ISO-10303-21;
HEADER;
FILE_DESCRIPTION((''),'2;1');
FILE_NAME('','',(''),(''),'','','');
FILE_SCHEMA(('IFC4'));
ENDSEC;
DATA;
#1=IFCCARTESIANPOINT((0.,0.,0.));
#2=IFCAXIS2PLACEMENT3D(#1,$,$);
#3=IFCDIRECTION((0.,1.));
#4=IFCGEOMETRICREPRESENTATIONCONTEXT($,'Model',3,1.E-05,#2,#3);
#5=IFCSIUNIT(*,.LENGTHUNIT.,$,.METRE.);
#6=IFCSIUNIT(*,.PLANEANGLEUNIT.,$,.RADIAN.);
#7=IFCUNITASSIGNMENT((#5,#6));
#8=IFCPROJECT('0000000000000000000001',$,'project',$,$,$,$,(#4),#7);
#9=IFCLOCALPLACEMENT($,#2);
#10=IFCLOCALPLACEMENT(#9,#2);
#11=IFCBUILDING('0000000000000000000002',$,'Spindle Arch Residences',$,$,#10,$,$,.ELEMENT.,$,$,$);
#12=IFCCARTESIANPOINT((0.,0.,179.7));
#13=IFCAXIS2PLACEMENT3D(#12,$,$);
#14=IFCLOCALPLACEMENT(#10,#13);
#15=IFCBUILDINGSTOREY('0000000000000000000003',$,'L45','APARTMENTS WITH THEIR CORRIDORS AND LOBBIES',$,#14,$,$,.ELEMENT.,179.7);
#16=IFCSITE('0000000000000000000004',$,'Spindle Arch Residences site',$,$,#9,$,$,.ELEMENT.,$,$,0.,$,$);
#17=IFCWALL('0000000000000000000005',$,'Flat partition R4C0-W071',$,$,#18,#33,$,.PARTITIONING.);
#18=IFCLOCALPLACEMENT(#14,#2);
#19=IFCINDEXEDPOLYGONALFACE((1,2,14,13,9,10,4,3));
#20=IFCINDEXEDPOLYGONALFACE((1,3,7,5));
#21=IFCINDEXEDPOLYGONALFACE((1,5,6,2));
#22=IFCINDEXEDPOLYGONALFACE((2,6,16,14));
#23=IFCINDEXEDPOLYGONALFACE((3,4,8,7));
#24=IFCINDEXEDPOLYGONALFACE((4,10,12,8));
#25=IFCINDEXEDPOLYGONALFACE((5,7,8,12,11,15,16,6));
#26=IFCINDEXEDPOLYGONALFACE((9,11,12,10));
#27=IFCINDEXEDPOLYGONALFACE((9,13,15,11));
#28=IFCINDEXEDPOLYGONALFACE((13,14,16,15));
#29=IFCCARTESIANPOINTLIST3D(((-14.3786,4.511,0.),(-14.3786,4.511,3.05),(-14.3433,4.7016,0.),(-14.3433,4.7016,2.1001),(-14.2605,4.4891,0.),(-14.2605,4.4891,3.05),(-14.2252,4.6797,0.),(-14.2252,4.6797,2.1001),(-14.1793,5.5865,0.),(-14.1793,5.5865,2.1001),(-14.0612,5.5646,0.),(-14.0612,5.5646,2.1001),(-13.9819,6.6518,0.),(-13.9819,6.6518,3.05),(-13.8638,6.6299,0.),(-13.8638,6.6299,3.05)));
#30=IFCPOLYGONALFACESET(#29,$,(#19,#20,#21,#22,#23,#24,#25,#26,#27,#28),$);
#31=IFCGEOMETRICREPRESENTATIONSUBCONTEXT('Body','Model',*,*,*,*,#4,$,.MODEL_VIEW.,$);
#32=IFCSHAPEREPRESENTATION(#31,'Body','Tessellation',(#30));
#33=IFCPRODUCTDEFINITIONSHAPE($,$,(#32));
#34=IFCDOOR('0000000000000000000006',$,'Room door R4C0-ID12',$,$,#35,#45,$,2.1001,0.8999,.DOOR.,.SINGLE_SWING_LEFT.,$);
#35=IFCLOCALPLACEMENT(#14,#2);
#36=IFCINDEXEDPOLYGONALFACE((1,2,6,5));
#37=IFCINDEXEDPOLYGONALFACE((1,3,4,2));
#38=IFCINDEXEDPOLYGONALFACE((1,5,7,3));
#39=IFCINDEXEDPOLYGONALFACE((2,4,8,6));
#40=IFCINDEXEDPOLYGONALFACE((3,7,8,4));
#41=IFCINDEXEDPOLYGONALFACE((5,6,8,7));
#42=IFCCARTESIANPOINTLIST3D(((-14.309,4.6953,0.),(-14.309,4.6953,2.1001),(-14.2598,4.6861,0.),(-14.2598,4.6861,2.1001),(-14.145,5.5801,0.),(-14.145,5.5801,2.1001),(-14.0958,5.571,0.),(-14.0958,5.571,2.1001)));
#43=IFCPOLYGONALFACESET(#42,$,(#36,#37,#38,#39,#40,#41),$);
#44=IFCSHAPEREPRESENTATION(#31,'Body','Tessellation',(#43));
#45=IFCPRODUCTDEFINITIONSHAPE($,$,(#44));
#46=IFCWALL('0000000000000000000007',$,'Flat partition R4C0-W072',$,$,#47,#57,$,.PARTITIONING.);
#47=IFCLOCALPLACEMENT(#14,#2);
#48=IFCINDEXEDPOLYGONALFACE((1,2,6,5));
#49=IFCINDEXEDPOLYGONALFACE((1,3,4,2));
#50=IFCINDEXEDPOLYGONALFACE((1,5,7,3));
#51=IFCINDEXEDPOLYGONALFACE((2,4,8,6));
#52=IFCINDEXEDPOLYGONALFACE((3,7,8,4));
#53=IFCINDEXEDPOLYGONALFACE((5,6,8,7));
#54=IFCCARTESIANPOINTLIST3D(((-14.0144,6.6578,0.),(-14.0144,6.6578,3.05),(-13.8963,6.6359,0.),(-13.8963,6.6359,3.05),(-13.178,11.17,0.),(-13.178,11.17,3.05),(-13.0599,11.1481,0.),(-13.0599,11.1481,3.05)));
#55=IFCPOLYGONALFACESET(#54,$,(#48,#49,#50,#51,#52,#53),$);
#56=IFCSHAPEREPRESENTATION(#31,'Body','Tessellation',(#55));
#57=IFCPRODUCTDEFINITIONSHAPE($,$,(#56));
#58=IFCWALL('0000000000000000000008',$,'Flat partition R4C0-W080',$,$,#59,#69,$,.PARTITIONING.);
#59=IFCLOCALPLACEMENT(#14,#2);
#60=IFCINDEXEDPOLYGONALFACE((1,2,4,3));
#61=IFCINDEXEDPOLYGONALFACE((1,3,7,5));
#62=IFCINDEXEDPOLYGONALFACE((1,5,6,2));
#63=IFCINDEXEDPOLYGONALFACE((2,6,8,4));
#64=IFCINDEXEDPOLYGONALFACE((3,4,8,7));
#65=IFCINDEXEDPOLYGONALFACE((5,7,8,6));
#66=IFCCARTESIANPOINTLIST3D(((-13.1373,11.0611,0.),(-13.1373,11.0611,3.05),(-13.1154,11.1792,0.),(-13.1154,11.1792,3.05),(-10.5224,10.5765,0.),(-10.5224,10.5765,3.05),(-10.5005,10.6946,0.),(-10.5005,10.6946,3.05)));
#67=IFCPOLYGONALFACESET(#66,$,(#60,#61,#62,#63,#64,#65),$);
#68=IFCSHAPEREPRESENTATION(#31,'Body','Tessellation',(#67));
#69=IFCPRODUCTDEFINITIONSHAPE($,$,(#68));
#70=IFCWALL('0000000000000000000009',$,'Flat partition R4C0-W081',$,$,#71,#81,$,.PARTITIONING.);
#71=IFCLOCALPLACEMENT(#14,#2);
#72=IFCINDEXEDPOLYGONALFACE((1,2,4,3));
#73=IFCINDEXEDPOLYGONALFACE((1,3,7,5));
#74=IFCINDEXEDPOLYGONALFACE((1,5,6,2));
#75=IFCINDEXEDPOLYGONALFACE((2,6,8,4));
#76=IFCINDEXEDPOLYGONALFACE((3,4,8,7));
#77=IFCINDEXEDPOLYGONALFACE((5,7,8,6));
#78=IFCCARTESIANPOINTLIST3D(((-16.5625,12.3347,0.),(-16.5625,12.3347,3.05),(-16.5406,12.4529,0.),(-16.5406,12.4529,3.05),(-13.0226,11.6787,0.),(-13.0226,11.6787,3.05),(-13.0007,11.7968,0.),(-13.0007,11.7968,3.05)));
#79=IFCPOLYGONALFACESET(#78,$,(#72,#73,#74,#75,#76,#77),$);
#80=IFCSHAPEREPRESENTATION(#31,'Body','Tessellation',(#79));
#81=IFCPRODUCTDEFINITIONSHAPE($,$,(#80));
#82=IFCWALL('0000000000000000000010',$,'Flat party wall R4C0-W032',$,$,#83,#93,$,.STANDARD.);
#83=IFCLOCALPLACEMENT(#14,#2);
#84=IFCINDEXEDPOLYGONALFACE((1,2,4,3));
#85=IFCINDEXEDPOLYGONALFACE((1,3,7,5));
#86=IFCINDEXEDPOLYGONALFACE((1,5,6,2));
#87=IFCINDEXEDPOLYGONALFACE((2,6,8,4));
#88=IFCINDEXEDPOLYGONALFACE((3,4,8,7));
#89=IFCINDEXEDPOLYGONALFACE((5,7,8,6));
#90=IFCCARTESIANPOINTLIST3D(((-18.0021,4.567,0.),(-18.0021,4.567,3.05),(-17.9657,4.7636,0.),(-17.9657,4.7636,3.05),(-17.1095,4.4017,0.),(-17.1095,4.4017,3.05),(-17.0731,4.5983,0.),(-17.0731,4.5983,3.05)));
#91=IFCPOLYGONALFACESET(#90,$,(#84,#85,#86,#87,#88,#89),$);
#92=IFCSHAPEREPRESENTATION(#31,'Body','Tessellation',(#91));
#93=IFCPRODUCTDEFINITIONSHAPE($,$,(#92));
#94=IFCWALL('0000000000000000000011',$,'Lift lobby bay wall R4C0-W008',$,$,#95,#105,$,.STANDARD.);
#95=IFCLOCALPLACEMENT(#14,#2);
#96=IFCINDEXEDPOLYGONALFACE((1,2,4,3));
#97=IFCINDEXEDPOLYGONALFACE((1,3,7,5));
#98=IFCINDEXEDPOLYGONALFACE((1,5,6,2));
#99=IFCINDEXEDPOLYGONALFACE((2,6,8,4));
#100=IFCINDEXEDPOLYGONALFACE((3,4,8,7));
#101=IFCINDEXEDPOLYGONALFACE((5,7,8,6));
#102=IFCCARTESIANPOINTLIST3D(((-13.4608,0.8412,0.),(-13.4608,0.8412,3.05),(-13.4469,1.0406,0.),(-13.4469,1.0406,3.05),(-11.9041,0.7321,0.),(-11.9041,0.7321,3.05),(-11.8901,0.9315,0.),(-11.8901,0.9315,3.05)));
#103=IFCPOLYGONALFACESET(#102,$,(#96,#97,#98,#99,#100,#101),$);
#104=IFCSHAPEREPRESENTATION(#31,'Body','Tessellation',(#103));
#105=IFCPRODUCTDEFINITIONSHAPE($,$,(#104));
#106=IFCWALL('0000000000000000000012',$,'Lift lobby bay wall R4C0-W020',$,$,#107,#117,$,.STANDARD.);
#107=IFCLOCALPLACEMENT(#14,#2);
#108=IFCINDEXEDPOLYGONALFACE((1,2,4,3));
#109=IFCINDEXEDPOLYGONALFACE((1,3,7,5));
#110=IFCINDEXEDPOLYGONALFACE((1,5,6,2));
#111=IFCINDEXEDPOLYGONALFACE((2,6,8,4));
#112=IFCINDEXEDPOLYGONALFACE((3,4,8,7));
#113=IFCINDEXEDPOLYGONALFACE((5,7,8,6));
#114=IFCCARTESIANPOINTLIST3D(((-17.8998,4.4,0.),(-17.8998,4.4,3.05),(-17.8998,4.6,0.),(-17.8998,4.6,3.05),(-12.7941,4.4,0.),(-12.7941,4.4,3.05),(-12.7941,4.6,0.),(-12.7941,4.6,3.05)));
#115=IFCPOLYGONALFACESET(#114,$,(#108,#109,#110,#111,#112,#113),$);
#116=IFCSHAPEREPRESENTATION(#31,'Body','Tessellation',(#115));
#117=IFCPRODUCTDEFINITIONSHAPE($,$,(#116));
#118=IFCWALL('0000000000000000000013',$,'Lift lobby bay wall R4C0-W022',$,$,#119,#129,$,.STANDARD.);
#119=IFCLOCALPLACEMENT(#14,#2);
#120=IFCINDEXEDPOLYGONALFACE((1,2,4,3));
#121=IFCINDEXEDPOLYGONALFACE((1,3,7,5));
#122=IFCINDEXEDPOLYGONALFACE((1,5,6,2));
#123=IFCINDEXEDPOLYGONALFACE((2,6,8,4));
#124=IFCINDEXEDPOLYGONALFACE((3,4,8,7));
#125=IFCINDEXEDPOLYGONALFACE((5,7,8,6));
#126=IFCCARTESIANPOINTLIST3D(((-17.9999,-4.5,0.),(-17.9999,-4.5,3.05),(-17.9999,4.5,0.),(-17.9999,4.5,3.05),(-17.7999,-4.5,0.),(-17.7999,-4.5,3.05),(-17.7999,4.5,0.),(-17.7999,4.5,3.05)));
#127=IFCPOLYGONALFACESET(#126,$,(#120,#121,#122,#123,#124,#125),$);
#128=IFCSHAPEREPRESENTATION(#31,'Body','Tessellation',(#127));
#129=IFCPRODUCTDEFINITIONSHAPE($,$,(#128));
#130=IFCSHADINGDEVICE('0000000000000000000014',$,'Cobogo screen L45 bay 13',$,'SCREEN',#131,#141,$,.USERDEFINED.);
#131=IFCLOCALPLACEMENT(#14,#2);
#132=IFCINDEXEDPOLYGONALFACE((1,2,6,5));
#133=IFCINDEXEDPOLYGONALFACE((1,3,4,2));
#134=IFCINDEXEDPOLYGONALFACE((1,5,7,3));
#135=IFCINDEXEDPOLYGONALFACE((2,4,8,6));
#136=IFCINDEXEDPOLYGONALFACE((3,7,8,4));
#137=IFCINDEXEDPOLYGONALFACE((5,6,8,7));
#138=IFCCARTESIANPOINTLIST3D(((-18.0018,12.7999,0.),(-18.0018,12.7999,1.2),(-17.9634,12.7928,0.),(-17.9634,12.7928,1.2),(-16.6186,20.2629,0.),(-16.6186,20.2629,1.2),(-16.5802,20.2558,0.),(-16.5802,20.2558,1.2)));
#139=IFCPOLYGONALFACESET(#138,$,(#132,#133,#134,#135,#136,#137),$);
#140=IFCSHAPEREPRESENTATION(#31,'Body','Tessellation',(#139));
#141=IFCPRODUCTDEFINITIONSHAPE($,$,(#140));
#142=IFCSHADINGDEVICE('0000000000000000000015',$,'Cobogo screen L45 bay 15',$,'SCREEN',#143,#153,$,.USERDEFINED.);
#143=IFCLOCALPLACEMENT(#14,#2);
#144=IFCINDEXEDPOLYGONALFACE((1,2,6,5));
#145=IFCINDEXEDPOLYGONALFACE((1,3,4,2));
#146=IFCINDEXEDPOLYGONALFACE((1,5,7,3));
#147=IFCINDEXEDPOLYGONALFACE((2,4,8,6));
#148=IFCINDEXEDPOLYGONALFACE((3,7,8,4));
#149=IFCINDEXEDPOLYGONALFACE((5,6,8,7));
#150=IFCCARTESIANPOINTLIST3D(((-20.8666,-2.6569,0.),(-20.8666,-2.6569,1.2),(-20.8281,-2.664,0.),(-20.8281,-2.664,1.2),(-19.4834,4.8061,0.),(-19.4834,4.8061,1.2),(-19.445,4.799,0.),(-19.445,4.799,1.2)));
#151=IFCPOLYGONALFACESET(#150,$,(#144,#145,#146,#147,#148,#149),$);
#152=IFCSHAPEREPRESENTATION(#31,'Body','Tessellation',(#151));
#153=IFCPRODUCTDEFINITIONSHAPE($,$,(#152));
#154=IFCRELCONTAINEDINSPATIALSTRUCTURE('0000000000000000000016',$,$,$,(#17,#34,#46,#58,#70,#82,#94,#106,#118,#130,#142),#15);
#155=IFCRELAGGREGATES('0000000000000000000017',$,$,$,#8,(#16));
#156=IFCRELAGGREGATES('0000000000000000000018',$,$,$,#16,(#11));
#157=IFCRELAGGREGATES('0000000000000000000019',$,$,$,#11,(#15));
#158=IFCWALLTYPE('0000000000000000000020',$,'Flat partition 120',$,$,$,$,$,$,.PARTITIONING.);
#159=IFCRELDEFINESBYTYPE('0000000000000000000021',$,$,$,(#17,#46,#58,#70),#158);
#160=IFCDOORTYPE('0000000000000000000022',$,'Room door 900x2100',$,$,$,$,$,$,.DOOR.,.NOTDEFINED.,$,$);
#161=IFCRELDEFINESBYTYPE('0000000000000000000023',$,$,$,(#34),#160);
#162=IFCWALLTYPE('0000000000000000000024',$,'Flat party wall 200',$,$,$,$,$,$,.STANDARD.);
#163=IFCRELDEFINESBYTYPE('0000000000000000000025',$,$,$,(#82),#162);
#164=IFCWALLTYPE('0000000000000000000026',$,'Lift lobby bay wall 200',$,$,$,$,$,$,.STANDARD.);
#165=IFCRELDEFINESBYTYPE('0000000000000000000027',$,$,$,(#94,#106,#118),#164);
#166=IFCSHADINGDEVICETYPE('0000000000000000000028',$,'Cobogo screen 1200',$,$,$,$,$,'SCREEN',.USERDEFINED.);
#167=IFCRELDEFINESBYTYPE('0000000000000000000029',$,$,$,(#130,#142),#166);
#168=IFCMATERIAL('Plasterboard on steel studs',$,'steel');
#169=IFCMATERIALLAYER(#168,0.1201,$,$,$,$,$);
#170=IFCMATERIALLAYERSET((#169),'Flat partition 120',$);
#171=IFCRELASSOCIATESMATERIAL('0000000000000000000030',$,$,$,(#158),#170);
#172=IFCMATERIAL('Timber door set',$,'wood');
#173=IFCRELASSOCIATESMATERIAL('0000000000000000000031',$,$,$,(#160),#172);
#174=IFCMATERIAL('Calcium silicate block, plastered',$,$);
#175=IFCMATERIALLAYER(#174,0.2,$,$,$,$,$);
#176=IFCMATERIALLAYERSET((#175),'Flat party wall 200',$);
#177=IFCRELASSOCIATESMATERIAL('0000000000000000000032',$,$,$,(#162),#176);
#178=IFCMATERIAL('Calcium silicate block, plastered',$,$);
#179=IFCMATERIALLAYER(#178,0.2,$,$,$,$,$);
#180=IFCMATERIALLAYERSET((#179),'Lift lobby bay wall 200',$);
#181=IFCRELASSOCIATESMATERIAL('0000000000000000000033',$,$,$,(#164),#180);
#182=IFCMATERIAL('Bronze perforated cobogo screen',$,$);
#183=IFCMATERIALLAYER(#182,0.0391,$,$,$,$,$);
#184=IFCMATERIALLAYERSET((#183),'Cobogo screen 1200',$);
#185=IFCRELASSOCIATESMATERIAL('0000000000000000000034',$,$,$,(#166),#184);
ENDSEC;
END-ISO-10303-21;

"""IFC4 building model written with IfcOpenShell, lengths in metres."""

from ifc_helpers import new_model, si_unit, direction, frame, frame_2d, origin, origin_2d, place, context, subcontext, project, spatial, rectangle, extrude, material, layer, layer_set, type_object, element, fill, save


model = new_model("IFC4")

# Units and contexts
model_context = context("Model", 3, precision=1e-05, world=origin(), true_north=direction((0.0, 1.0)))
body_context = subcontext(model_context, "Body", "Model", "MODEL_VIEW")
ifc_project = project(units=[si_unit("LENGTHUNIT", "METRE"), si_unit("PLANEANGLEUNIT", "RADIAN")], contexts=[model_context])

# Site, building, storey
site_placement = place(None, origin())
site = spatial("IfcSite", under=ifc_project, at=site_placement, Name="Spindle Arch Residences site", CompositionType="ELEMENT", RefElevation=0.0)
building_placement = place(site_placement, origin())
building = spatial("IfcBuilding", under=site, at=building_placement, Name="Spindle Arch Residences", CompositionType="ELEMENT")
storey_placement = place(building_placement, frame((0.0, 0.0, 179.7)))
storey = spatial("IfcBuildingStorey", under=building, at=storey_placement, Name="L45", Description="APARTMENTS WITH THEIR CORRIDORS AND LOBBIES", CompositionType="ELEMENT", Elevation=179.7)

# Wall, opening, door
ifc_material_1 = material(Name="Plasterboard on steel studs", Category="steel")
ifc_layer_1 = layer(ifc_material_1, 0.1201)
ifc_layer_set_1 = layer_set([ifc_layer_1], Name="Flat partition 120")
wall_type_1 = type_object("IfcWallType", Name="Flat partition 120", PredefinedType="PARTITIONING", material=ifc_layer_set_1)
wall_1_placement = place(storey_placement, frame((-13.9229, 6.6409, 0.0), z_axis=(0.0, 0.0, 1.0), x_axis=(-0.18221, -0.98326, 0.0)))
wall_1 = element("IfcWall", 1, at=wall_1_placement, inside=storey, type_object=wall_type_1, Name="Flat partition R4C0-W071", PredefinedType="PARTITIONING", context=body_context, shape_type="SweptSolid", body=[
    extrude(rectangle(XDim=2.1772, YDim=0.1201, at=frame_2d((1.0886, 0.0))), origin(), (0.0, 0.0, 1.0), 3.05),
])
opening_1_placement = place(wall_1_placement, frame((1.0835, 0.0, 0.0)))
opening_1 = element("IfcOpeningElement", 2, at=opening_1_placement, cuts=wall_1, PredefinedType="OPENING", context=body_context, shape_type="SweptSolid", body=[
    extrude(rectangle(XDim=0.8999, YDim=2.1001, at=frame_2d((0.45, 1.05))), frame((0.0, 0.0701, 0.0), z_axis=(0.0, -1.0, 0.0), x_axis=(1.0, 0.0, 0.0)), (0.0, 0.0, 1.0), 0.1401),
])
ifc_material_2 = material(Name="Timber door set", Category="wood")
door_type_1 = type_object("IfcDoorType", Name="Room door 900x2100", OperationType="NOTDEFINED", PredefinedType="DOOR", material=ifc_material_2)
door_1_placement = place(opening_1_placement, origin())
door_1 = element("IfcDoor", 3, at=door_1_placement, inside=storey, type_object=door_type_1, Name="Room door R4C0-ID12", OperationType="SINGLE_SWING_LEFT", OverallHeight=2.1001, OverallWidth=0.8999, PredefinedType="DOOR", context=body_context, shape_type="SweptSolid", body=[
    extrude(rectangle(XDim=0.8999, YDim=2.1001, at=frame_2d((0.45, 1.05))), frame((0.0, 0.0249, 0.0), z_axis=(0.0, -1.0, 0.0), x_axis=(1.0, 0.0, 0.0)), (0.0, 0.0, 1.0), 0.05),
])
fill(opening_1, door_1)

# Walls
wall_2_placement = place(storey_placement, frame((-13.9553, 6.647, 0.0), z_axis=(0.0, 0.0, 1.0), x_axis=(0.182265, 0.98325, 0.0)))
element("IfcWall", 4, at=wall_2_placement, inside=storey, type_object=wall_type_1, Name="Flat partition R4C0-W072", PredefinedType="PARTITIONING", context=body_context, shape_type="SweptSolid", body=[
    extrude(rectangle(XDim=4.5891, YDim=0.1201, at=frame_2d((2.2944, 0.0))), origin(), (0.0, 0.0, 1.0), 3.05),
])
wall_3_placement = place(storey_placement, frame((-13.1262, 11.1201, 0.0), z_axis=(0.0, 0.0, 1.0), x_axis=(0.983258, -0.182221, 0.0)))
element("IfcWall", 5, at=wall_3_placement, inside=storey, type_object=wall_type_1, Name="Flat partition R4C0-W080", PredefinedType="PARTITIONING", context=body_context, shape_type="SweptSolid", body=[
    extrude(rectangle(XDim=2.6594, YDim=0.1201, at=frame_2d((1.3296, 0.0))), origin(), (0.0, 0.0, 1.0), 3.05),
])
wall_4_placement = place(storey_placement, frame((-16.5515, 12.3938, 0.0), z_axis=(0.0, 0.0, 1.0), x_axis=(0.983258, -0.18222, 0.0)))
element("IfcWall", 6, at=wall_4_placement, inside=storey, type_object=wall_type_1, Name="Flat partition R4C0-W081", PredefinedType="PARTITIONING", context=body_context, shape_type="SweptSolid", body=[
    extrude(rectangle(XDim=3.6001, YDim=0.1201, at=frame_2d((1.8, 0.0))), origin(), (0.0, 0.0, 1.0), 3.05),
])
ifc_material_3 = material(Name="Calcium silicate block, plastered")
ifc_layer_2 = layer(ifc_material_3, 0.2)
ifc_layer_set_2 = layer_set([ifc_layer_2], Name="Flat party wall 200")
wall_type_2 = type_object("IfcWallType", Name="Flat party wall 200", PredefinedType="STANDARD", material=ifc_layer_set_2)
wall_5_placement = place(storey_placement, frame((-17.9839, 4.6653, 0.0), z_axis=(0.0, 0.0, 1.0), x_axis=(0.983284, -0.18208, 0.0)))
element("IfcWall", 7, at=wall_5_placement, inside=storey, type_object=wall_type_2, Name="Flat party wall R4C0-W032", PredefinedType="STANDARD", context=body_context, shape_type="SweptSolid", body=[
    extrude(rectangle(XDim=0.9077, YDim=0.2, at=frame_2d((0.4539, 0.0))), origin(), (0.0, 0.0, 1.0), 3.05),
])

# Walls
ifc_material_4 = material(Name="Calcium silicate block, plastered")
ifc_layer_3 = layer(ifc_material_4, 0.2)
ifc_layer_set_3 = layer_set([ifc_layer_3], Name="Lift lobby bay wall 200")
wall_type_3 = type_object("IfcWallType", Name="Lift lobby bay wall 200", PredefinedType="STANDARD", material=ifc_layer_set_3)
wall_6_placement = place(storey_placement, frame((-13.4539, 0.9409, 0.0), z_axis=(0.0, 0.0, 1.0), x_axis=(0.997552, -0.069935, 0.0)))
element("IfcWall", 8, at=wall_6_placement, inside=storey, type_object=wall_type_3, Name="Lift lobby bay wall R4C0-W008", PredefinedType="STANDARD", context=body_context, shape_type="SweptSolid", body=[
    extrude(rectangle(XDim=1.5605, YDim=0.2, at=frame_2d((0.7803, 0.0))), origin(), (0.0, 0.0, 1.0), 3.05),
])
wall_7_placement = place(storey_placement, frame((-12.7942, 4.5, 0.0), z_axis=(0.0, 0.0, 1.0), x_axis=(-1.0, 0.0, 0.0)))
element("IfcWall", 9, at=wall_7_placement, inside=storey, type_object=wall_type_3, Name="Lift lobby bay wall R4C0-W020", PredefinedType="STANDARD", context=body_context, shape_type="SweptSolid", body=[
    extrude(rectangle(XDim=5.1057, YDim=0.2, at=frame_2d((2.5527, 0.0))), origin(), (0.0, 0.0, 1.0), 3.05),
])
wall_8_placement = place(storey_placement, frame((-17.8999, 4.5, 0.0), z_axis=(0.0, 0.0, 1.0), x_axis=(0.0, -1.0, 0.0)))
element("IfcWall", 10, at=wall_8_placement, inside=storey, type_object=wall_type_3, Name="Lift lobby bay wall R4C0-W022", PredefinedType="STANDARD", context=body_context, shape_type="SweptSolid", body=[
    extrude(rectangle(XDim=9.0, YDim=0.2, at=frame_2d((4.5, 0.0))), origin(), (0.0, 0.0, 1.0), 3.05),
])

# Shading devices
ifc_material_5 = material(Name="Bronze perforated cobogo screen")
ifc_layer_4 = layer(ifc_material_5, 0.0391)
ifc_layer_set_4 = layer_set([ifc_layer_4], Name="Cobogo screen 1200")
shading_device_type = type_object("IfcShadingDeviceType", Name="Cobogo screen 1200", ElementType="SCREEN", PredefinedType="USERDEFINED", material=ifc_layer_set_4)
for number, where, z_axis, x_axis, name in (
    (11, (-17.291, 16.5278, 0.0), (0.0, 0.0, 1.0), (-0.182236, -0.983255, 0.0), "Cobogo screen L45 bay 13"),
    (12, (-20.1558, 1.071, 0.0), (0.0, 0.0, 1.0), (-0.182236, -0.983255, 0.0), "Cobogo screen L45 bay 15"),
):
    element("IfcShadingDevice", number, at=place(storey_placement, frame(where, z_axis=z_axis, x_axis=x_axis)), inside=storey, type_object=shading_device_type, Name=name, ObjectType="SCREEN", PredefinedType="USERDEFINED", context=body_context, shape_type="SweptSolid", body=[
        extrude(rectangle(XDim=7.5901, YDim=0.0391, at=origin_2d()), origin(), (0.0, 0.0, 1.0), 1.2),
    ])

save(model, "model.ifc")
